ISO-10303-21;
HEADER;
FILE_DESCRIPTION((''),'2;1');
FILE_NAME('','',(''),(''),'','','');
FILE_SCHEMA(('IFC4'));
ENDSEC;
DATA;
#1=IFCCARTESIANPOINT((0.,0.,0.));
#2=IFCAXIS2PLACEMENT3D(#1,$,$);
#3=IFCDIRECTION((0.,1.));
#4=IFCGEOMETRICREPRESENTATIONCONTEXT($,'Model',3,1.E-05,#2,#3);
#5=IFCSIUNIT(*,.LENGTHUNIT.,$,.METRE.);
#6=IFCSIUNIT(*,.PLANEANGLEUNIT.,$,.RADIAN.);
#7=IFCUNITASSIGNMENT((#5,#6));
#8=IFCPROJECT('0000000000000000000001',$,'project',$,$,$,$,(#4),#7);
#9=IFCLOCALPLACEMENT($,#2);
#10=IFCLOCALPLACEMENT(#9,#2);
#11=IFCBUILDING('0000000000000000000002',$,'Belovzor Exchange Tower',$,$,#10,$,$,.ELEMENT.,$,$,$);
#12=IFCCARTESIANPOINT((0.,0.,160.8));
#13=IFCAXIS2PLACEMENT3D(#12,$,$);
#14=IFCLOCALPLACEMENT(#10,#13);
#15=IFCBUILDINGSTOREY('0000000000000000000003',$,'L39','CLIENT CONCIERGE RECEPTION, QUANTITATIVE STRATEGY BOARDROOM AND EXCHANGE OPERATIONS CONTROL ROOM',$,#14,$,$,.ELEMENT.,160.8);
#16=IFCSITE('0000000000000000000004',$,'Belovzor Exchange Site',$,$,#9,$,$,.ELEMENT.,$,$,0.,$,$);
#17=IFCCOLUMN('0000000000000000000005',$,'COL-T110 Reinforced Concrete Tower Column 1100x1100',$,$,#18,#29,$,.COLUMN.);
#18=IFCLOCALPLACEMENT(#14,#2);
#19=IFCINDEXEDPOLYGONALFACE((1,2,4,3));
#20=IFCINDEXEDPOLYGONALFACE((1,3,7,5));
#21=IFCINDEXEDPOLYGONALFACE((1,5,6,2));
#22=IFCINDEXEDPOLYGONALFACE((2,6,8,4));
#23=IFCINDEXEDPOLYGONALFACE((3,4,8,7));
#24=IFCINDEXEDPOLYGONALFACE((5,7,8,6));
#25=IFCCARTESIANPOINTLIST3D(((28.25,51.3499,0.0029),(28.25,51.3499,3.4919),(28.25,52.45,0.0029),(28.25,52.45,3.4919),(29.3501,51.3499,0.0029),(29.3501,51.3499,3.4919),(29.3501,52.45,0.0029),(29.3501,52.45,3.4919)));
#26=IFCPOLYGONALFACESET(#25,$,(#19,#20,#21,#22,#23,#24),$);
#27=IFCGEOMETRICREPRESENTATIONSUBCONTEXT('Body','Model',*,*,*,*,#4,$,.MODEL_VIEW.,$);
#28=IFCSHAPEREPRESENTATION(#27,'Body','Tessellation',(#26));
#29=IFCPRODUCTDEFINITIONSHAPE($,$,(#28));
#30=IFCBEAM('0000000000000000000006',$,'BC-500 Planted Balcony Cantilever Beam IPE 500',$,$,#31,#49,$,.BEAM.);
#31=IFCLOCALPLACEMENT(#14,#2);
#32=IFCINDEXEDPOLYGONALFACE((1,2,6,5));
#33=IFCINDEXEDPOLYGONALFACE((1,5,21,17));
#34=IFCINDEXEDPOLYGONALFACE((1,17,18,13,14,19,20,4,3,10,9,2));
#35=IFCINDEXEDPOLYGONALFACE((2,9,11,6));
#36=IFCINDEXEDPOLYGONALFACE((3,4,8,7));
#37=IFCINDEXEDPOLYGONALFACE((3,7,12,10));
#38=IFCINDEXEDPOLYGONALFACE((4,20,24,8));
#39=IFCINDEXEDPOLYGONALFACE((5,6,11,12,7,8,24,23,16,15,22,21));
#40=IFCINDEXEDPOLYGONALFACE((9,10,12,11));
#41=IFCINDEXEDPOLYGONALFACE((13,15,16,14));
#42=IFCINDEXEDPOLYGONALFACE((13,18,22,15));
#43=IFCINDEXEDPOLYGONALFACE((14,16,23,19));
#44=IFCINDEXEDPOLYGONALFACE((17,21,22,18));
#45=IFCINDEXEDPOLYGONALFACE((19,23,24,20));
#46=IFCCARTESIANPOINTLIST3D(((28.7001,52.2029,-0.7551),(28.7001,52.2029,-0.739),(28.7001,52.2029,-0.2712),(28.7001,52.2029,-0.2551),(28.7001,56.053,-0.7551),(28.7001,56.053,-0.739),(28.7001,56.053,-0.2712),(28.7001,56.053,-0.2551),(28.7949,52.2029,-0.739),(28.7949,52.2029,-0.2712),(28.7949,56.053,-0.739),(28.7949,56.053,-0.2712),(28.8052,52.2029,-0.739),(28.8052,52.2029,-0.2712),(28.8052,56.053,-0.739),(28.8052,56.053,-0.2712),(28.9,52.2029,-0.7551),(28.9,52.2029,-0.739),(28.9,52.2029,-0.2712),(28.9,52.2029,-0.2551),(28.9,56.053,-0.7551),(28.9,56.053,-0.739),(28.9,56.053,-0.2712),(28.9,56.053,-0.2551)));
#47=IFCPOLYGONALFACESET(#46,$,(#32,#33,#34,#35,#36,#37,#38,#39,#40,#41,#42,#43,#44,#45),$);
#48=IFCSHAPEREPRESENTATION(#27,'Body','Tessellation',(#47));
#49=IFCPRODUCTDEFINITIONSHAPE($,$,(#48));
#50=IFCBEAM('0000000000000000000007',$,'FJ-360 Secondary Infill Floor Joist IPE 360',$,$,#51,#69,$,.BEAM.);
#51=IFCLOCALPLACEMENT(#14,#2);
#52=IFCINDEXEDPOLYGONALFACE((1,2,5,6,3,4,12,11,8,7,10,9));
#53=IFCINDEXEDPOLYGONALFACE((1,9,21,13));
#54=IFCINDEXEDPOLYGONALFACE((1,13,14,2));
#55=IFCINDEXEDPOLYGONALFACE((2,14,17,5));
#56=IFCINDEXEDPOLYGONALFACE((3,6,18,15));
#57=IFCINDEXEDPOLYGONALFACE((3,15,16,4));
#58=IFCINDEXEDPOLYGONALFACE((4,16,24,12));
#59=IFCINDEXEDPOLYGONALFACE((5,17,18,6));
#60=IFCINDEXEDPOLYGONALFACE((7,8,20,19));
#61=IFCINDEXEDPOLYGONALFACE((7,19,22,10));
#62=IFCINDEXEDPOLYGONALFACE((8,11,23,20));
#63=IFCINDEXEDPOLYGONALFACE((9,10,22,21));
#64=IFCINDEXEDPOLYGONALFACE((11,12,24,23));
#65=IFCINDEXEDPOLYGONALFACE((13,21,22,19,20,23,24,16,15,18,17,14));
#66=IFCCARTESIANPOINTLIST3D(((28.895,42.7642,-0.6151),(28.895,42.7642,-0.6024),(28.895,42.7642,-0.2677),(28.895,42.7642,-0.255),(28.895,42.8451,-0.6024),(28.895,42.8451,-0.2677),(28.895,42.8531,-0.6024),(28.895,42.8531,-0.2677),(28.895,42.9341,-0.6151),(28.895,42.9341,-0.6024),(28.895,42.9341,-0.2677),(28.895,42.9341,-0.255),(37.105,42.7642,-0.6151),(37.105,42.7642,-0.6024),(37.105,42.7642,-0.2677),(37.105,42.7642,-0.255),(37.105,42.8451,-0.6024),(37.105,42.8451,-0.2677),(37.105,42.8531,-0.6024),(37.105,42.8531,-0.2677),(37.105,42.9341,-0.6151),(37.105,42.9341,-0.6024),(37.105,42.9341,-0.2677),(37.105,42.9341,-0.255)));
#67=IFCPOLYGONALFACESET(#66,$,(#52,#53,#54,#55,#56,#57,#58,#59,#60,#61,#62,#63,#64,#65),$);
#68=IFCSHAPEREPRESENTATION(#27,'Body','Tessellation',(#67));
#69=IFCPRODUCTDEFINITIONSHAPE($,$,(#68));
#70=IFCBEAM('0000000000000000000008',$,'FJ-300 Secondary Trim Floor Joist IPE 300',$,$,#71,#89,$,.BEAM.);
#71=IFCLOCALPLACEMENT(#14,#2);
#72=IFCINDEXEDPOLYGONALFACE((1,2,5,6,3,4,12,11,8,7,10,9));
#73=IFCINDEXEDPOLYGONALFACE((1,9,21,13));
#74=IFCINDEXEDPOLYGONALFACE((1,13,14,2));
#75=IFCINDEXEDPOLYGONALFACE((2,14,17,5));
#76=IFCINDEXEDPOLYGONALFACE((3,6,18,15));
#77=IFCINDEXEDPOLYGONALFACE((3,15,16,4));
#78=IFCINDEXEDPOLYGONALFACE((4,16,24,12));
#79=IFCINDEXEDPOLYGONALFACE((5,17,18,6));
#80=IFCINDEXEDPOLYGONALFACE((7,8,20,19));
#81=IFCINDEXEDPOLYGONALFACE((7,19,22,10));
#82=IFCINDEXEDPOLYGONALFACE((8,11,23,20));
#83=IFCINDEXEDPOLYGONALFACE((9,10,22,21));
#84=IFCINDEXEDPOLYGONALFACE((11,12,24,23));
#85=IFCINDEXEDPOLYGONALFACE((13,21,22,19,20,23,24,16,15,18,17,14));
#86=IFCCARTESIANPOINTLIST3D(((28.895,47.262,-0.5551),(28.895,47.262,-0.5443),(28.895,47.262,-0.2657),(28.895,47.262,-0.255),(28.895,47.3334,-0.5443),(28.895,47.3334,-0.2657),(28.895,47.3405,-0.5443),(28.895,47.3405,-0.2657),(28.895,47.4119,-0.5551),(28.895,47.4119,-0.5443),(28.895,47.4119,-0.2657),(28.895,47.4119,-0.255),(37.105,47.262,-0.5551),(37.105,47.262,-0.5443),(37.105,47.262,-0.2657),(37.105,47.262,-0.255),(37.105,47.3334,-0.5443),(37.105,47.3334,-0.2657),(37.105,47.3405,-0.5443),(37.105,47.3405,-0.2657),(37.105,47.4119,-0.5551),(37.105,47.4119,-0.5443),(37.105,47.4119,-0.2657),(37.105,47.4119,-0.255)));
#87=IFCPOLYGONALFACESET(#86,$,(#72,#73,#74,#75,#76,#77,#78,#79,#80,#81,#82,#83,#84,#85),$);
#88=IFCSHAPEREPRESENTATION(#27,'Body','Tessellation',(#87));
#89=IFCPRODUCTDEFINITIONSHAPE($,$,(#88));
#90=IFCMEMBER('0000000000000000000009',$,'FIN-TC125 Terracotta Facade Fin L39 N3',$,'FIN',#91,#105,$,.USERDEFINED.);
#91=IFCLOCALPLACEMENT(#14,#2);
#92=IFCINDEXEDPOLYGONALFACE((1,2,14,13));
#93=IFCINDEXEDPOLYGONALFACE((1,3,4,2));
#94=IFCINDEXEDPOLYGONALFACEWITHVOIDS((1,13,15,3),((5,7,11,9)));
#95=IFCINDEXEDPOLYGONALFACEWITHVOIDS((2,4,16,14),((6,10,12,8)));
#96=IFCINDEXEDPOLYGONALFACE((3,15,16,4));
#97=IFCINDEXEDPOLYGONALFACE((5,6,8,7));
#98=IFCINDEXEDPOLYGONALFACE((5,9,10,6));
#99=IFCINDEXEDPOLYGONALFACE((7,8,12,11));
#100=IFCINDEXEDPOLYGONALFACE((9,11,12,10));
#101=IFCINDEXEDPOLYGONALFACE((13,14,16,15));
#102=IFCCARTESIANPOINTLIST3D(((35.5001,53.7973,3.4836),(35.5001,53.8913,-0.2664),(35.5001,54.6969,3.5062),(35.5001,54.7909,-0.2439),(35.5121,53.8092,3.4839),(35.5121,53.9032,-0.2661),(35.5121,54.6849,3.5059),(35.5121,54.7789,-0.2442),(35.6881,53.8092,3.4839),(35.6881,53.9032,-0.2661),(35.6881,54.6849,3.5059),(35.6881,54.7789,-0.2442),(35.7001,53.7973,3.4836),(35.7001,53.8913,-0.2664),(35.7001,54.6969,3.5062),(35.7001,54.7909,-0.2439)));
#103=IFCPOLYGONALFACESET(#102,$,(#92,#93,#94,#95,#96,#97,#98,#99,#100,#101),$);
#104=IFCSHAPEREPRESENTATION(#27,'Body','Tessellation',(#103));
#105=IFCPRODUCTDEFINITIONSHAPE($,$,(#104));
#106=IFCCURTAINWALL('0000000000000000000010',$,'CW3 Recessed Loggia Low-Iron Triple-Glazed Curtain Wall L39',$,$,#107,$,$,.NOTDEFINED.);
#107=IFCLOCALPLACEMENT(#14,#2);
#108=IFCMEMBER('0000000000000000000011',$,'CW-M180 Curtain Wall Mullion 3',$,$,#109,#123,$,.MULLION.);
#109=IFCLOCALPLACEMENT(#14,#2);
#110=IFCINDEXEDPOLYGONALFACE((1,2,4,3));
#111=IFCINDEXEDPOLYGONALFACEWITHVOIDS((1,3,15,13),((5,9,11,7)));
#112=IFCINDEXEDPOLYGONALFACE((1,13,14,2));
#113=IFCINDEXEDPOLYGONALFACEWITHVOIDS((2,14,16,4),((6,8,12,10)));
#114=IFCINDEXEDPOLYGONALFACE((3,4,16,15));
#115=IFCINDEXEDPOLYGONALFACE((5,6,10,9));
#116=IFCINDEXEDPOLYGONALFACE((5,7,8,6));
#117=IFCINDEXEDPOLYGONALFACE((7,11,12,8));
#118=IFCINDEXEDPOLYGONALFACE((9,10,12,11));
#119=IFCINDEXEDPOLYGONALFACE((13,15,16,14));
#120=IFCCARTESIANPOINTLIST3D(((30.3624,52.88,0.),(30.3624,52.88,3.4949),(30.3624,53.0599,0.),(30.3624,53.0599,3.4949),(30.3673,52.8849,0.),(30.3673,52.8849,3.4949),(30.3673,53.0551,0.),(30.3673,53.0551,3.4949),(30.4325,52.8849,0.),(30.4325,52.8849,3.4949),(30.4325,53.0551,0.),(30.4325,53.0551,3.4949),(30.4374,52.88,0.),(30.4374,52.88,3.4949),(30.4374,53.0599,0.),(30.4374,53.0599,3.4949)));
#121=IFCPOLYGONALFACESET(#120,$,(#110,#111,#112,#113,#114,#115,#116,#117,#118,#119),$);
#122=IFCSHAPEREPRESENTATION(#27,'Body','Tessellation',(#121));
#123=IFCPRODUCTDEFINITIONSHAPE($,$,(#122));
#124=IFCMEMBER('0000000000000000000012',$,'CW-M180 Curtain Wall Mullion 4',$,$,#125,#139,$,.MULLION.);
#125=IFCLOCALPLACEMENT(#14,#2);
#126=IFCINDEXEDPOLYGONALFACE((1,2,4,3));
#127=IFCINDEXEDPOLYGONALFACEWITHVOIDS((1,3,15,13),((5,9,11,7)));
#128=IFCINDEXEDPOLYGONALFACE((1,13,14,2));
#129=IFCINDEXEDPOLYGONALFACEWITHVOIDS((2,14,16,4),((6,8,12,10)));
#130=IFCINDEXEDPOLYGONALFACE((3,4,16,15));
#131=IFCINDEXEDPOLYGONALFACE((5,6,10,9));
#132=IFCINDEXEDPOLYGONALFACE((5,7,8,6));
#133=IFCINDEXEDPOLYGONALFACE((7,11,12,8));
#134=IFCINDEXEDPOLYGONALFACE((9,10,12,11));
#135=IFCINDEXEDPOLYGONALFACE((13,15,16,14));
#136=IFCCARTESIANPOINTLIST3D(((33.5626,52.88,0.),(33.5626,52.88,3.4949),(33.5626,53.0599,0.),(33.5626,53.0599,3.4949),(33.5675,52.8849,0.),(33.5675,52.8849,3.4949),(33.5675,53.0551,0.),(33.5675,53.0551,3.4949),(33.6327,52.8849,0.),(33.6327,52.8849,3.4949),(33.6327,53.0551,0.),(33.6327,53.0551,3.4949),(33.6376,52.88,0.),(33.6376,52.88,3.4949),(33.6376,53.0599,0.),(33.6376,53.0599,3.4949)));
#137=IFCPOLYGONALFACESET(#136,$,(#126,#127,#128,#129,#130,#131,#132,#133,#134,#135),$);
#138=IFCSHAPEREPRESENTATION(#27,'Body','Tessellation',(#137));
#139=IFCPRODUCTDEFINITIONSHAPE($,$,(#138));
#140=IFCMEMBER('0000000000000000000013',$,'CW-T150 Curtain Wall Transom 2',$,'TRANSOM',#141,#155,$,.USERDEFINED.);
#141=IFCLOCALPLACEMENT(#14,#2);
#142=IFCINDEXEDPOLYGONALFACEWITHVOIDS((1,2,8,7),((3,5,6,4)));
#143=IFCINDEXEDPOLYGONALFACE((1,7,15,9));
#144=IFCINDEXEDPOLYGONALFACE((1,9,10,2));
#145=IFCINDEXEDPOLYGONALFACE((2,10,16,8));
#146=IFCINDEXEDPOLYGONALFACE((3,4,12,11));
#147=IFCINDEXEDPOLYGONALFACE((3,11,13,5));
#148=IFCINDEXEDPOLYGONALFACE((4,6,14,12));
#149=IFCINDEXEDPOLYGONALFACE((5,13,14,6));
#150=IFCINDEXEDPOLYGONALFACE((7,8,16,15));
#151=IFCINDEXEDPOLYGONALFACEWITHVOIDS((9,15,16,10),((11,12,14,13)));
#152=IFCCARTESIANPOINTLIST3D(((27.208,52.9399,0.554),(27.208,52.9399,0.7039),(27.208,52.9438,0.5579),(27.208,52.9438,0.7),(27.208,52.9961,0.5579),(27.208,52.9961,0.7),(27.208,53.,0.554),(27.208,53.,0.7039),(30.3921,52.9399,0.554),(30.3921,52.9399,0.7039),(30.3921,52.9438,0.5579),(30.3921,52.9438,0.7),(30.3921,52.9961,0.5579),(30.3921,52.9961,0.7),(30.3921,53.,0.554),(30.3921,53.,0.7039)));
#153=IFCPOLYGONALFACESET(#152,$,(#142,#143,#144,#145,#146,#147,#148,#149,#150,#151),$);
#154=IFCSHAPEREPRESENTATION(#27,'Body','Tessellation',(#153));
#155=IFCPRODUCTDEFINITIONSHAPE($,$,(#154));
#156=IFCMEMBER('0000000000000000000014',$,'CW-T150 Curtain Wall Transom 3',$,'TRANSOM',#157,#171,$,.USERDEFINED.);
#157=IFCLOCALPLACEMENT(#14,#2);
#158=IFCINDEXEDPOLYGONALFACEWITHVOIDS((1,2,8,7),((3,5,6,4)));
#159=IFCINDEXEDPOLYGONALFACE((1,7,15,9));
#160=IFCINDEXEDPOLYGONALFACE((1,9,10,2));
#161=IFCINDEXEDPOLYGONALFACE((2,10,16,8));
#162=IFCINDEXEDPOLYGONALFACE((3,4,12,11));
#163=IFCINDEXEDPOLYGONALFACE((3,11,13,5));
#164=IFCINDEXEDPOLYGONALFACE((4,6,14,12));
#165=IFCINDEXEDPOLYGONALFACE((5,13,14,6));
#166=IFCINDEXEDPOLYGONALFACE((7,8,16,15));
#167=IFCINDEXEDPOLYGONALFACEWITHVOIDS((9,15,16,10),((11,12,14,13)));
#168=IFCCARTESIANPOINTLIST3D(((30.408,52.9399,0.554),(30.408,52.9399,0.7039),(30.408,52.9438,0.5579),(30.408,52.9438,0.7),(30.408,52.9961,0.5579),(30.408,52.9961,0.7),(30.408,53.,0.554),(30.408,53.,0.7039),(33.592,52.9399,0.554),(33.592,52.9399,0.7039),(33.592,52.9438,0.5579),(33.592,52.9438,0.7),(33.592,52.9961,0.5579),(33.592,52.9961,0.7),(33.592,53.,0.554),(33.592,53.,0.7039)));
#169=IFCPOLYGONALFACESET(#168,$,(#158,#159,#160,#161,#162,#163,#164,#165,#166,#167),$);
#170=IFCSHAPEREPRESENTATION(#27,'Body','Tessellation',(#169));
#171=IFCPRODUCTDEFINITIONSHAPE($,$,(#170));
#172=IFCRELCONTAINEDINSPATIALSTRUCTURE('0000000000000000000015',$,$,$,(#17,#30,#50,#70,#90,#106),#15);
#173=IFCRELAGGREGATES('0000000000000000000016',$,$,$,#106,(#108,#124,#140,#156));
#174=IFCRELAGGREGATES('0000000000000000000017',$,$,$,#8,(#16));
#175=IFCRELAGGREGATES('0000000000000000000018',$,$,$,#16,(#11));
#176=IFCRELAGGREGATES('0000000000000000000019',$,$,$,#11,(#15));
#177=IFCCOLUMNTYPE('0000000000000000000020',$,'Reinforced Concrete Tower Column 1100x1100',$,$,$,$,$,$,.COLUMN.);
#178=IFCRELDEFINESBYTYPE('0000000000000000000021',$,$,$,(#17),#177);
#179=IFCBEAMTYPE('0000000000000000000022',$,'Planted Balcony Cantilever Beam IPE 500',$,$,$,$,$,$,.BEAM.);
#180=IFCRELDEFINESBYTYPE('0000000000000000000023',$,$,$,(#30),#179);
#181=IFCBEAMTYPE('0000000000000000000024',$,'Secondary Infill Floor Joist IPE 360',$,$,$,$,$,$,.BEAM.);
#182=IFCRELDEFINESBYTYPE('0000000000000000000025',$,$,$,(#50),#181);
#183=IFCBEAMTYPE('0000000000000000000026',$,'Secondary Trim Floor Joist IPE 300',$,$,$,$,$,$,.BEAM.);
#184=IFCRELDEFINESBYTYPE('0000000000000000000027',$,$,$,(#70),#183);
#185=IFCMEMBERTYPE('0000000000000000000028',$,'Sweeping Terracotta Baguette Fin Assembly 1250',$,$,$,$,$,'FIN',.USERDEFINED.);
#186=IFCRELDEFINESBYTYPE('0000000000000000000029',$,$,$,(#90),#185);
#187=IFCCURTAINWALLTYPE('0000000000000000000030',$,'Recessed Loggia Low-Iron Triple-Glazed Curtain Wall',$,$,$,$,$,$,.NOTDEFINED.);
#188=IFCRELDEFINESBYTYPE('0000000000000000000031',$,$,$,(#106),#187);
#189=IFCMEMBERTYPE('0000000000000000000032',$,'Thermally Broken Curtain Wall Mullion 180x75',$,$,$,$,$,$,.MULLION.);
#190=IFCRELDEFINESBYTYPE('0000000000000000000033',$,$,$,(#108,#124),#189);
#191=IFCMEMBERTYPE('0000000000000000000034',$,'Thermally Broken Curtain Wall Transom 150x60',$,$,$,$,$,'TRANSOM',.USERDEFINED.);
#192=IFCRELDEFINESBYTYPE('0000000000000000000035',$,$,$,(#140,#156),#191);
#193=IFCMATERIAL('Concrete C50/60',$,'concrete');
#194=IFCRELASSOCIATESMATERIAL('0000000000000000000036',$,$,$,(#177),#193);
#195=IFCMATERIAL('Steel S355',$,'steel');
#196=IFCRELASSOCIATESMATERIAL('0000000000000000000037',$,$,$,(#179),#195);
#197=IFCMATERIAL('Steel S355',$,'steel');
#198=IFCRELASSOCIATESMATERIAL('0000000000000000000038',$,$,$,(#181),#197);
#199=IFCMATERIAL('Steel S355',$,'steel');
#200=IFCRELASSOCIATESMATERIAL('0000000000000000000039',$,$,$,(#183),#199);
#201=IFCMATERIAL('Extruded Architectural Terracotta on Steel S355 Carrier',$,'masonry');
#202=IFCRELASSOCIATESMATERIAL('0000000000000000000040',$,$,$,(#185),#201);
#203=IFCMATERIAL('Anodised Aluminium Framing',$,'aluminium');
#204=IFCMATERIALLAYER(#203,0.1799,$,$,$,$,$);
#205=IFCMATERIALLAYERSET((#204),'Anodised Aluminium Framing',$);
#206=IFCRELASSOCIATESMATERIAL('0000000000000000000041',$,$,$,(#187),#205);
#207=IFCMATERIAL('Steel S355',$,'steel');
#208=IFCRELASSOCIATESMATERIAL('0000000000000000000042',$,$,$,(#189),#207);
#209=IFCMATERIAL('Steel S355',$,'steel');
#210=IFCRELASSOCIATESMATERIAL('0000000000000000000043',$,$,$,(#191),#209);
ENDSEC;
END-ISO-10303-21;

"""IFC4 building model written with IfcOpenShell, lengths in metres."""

from ifc_helpers import new_model, si_unit, direction, frame, origin, origin_2d, place, context, subcontext, project, spatial, rectangle, hollow_rectangle, i_section, extrude, material, layer, layer_set, material_profile, profile_set, type_object, element, aggregate, save


model = new_model("IFC4")

# Units and contexts
model_context = context("Model", 3, precision=1e-05, world=origin(), true_north=direction((0.0, 1.0)))
body_context = subcontext(model_context, "Body", "Model", "MODEL_VIEW")
ifc_project = project(units=[si_unit("LENGTHUNIT", "METRE"), si_unit("PLANEANGLEUNIT", "RADIAN")], contexts=[model_context])

# Site, building, storey
site_placement = place(None, origin())
site = spatial("IfcSite", under=ifc_project, at=site_placement, Name="Belovzor Exchange Site", CompositionType="ELEMENT", RefElevation=0.0)
building_placement = place(site_placement, origin())
building = spatial("IfcBuilding", under=site, at=building_placement, Name="Belovzor Exchange Tower", CompositionType="ELEMENT")
storey_placement = place(building_placement, frame((0.0, 0.0, 160.8)))
storey = spatial("IfcBuildingStorey", under=building, at=storey_placement, Name="L39", Description="CLIENT CONCIERGE RECEPTION, QUANTITATIVE STRATEGY BOARDROOM AND EXCHANGE OPERATIONS CONTROL ROOM", CompositionType="ELEMENT", Elevation=160.8)

# Column
ifc_material_1 = material(Name="Concrete C50/60", Category="concrete")
ifc_material_profile_1 = material_profile(ifc_material_1, rectangle(XDim=1.1001, YDim=1.1001, at=origin_2d()))
ifc_profile_set_1 = profile_set([ifc_material_profile_1], Name="Concrete C50/60")
column_type = type_object("IfcColumnType", Name="Reinforced Concrete Tower Column 1100x1100", PredefinedType="COLUMN", material=ifc_profile_set_1)
column_placement = place(storey_placement, frame((28.8, 51.8999, 0.0029), z_axis=(0.0, 0.0, 1.0), x_axis=(1.0, 0.0, 0.0)))
element("IfcColumn", 1, at=column_placement, inside=storey, type_object=column_type, Name="COL-T110 Reinforced Concrete Tower Column 1100x1100", PredefinedType="COLUMN", context=body_context, shape_type="SweptSolid", body=[
    extrude(rectangle(XDim=1.1001, YDim=1.1001, at=origin_2d()), origin(), (0.0, 0.0, 1.0), 3.489),
])

# Beams
ifc_material_2 = material(Name="Steel S355", Category="steel")
ifc_material_profile_2 = material_profile(ifc_material_2, i_section(OverallWidth=0.2, OverallDepth=0.5, WebThickness=0.0103, FlangeThickness=0.0161, at=origin_2d()))
ifc_profile_set_2 = profile_set([ifc_material_profile_2], Name="Steel S355")
beam_type_1 = type_object("IfcBeamType", Name="Planted Balcony Cantilever Beam IPE 500", PredefinedType="BEAM", material=ifc_profile_set_2)
beam_1_placement = place(storey_placement, frame((28.8, 52.2029, -0.5051), z_axis=(0.0, 1.0, 0.0), x_axis=(-1.0, 0.0, 0.0)))
element("IfcBeam", 2, at=beam_1_placement, inside=storey, type_object=beam_type_1, Name="BC-500 Planted Balcony Cantilever Beam IPE 500", PredefinedType="BEAM", context=body_context, shape_type="SweptSolid", body=[
    extrude(i_section(OverallWidth=0.2, OverallDepth=0.5, WebThickness=0.0103, FlangeThickness=0.0161, at=origin_2d()), origin(), (0.0, 0.0, 1.0), 3.8501),
])
ifc_material_3 = material(Name="Steel S355", Category="steel")
ifc_material_profile_3 = material_profile(ifc_material_3, i_section(OverallWidth=0.1699, OverallDepth=0.3601, WebThickness=0.0081, FlangeThickness=0.0127, at=origin_2d()))
ifc_profile_set_3 = profile_set([ifc_material_profile_3], Name="Steel S355")
beam_type_2 = type_object("IfcBeamType", Name="Secondary Infill Floor Joist IPE 360", PredefinedType="BEAM", material=ifc_profile_set_3)
beam_2_placement = place(storey_placement, frame((28.895, 42.8491, -0.4351), z_axis=(1.0, 0.0, 0.0), x_axis=(0.0, 1.0, 0.0)))
element("IfcBeam", 3, at=beam_2_placement, inside=storey, type_object=beam_type_2, Name="FJ-360 Secondary Infill Floor Joist IPE 360", PredefinedType="BEAM", context=body_context, shape_type="SweptSolid", body=[
    extrude(i_section(OverallWidth=0.1699, OverallDepth=0.3601, WebThickness=0.0081, FlangeThickness=0.0127, at=origin_2d()), origin(), (0.0, 0.0, 1.0), 8.21),
])
ifc_material_4 = material(Name="Steel S355", Category="steel")
ifc_material_profile_4 = material_profile(ifc_material_4, i_section(OverallWidth=0.1499, OverallDepth=0.3, WebThickness=0.0071, FlangeThickness=0.0107, at=origin_2d()))
ifc_profile_set_4 = profile_set([ifc_material_profile_4], Name="Steel S355")
beam_type_3 = type_object("IfcBeamType", Name="Secondary Trim Floor Joist IPE 300", PredefinedType="BEAM", material=ifc_profile_set_4)
beam_3_placement = place(storey_placement, frame((28.895, 47.3369, -0.405), z_axis=(1.0, 0.0, 0.0), x_axis=(0.0, 1.0, 0.0)))
element("IfcBeam", 4, at=beam_3_placement, inside=storey, type_object=beam_type_3, Name="FJ-300 Secondary Trim Floor Joist IPE 300", PredefinedType="BEAM", context=body_context, shape_type="SweptSolid", body=[
    extrude(i_section(OverallWidth=0.1499, OverallDepth=0.3, WebThickness=0.0071, FlangeThickness=0.0107, at=origin_2d()), origin(), (0.0, 0.0, 1.0), 8.21),
])

# Member
ifc_material_5 = material(Name="Extruded Architectural Terracotta on Steel S355 Carrier", Category="masonry")
ifc_material_profile_5 = material_profile(ifc_material_5, hollow_rectangle(XDim=0.2, YDim=0.8999, WallThickness=0.012, at=origin_2d()))
ifc_profile_set_5 = profile_set([ifc_material_profile_5], Name="Extruded Architectural Terracotta on Steel S355 Carrier")
member_type_1 = type_object("IfcMemberType", Name="Sweeping Terracotta Baguette Fin Assembly 1250", ElementType="FIN", PredefinedType="USERDEFINED", material=ifc_profile_set_5)
member_1_placement = place(storey_placement, frame((35.6001, 54.3411, -0.2551), z_axis=(0.0, -0.025057, 0.999686), x_axis=(1.0, 0.0, 0.0)))
element("IfcMember", 5, at=member_1_placement, inside=storey, type_object=member_type_1, Name="FIN-TC125 Terracotta Facade Fin L39 N3", ObjectType="FIN", PredefinedType="USERDEFINED", context=body_context, shape_type="SweptSolid", body=[
    extrude(hollow_rectangle(XDim=0.2, YDim=0.8999, WallThickness=0.012, at=origin_2d()), origin(), (0.0, 0.0, 1.0), 3.7512),
])

# Curtain wall, members
ifc_material_6 = material(Name="Anodised Aluminium Framing", Category="aluminium")
ifc_layer_1 = layer(ifc_material_6, 0.1799)
ifc_layer_set_1 = layer_set([ifc_layer_1], Name="Anodised Aluminium Framing")
curtain_wall_type = type_object("IfcCurtainWallType", Name="Recessed Loggia Low-Iron Triple-Glazed Curtain Wall", PredefinedType="NOTDEFINED", material=ifc_layer_set_1)
curtain_wall_placement = place(storey_placement, origin())
curtain_wall = element("IfcCurtainWall", 6, at=curtain_wall_placement, inside=storey, type_object=curtain_wall_type, Name="CW3 Recessed Loggia Low-Iron Triple-Glazed Curtain Wall L39", PredefinedType="NOTDEFINED")
ifc_material_7 = material(Name="Steel S355", Category="steel")
ifc_material_profile_6 = material_profile(ifc_material_7, hollow_rectangle(XDim=0.075, YDim=0.1799, WallThickness=0.0049, at=origin_2d()))
ifc_profile_set_6 = profile_set([ifc_material_profile_6], Name="Steel S355")
member_type_2 = type_object("IfcMemberType", Name="Thermally Broken Curtain Wall Mullion 180x75", PredefinedType="MULLION", material=ifc_profile_set_6)
member_2_placement = place(storey_placement, frame((30.3999, 52.97, 0.0), z_axis=(0.0, 0.0, 1.0), x_axis=(1.0, 0.0, 0.0)))
member_2 = element("IfcMember", 7, at=member_2_placement, type_object=member_type_2, Name="CW-M180 Curtain Wall Mullion 3", PredefinedType="MULLION", context=body_context, shape_type="SweptSolid", body=[
    extrude(hollow_rectangle(XDim=0.075, YDim=0.1799, WallThickness=0.0049, at=origin_2d()), origin(), (0.0, 0.0, 1.0), 3.4949),
])
member_3_placement = place(storey_placement, frame((33.6001, 52.97, 0.0), z_axis=(0.0, 0.0, 1.0), x_axis=(1.0, 0.0, 0.0)))
member_3 = element("IfcMember", 8, at=member_3_placement, type_object=member_type_2, Name="CW-M180 Curtain Wall Mullion 4", PredefinedType="MULLION", context=body_context, shape_type="SweptSolid", body=[
    extrude(hollow_rectangle(XDim=0.075, YDim=0.1799, WallThickness=0.0049, at=origin_2d()), origin(), (0.0, 0.0, 1.0), 3.4949),
])
ifc_material_8 = material(Name="Steel S355", Category="steel")
ifc_material_profile_7 = material_profile(ifc_material_8, hollow_rectangle(XDim=0.0601, YDim=0.1499, WallThickness=0.0039, at=origin_2d()))
ifc_profile_set_7 = profile_set([ifc_material_profile_7], Name="Steel S355")
member_type_3 = type_object("IfcMemberType", Name="Thermally Broken Curtain Wall Transom 150x60", ElementType="TRANSOM", PredefinedType="USERDEFINED", material=ifc_profile_set_7)
member_4_placement = place(storey_placement, frame((27.208, 52.97, 0.6289), z_axis=(1.0, 0.0, 0.0), x_axis=(0.0, 1.0, 0.0)))
member_4 = element("IfcMember", 9, at=member_4_placement, type_object=member_type_3, Name="CW-T150 Curtain Wall Transom 2", ObjectType="TRANSOM", PredefinedType="USERDEFINED", context=body_context, shape_type="SweptSolid", body=[
    extrude(hollow_rectangle(XDim=0.0601, YDim=0.1499, WallThickness=0.0039, at=origin_2d()), origin(), (0.0, 0.0, 1.0), 3.1841),
])
member_5_placement = place(storey_placement, frame((30.408, 52.97, 0.6289), z_axis=(1.0, 0.0, 0.0), x_axis=(0.0, 1.0, 0.0)))
member_5 = element("IfcMember", 10, at=member_5_placement, type_object=member_type_3, Name="CW-T150 Curtain Wall Transom 3", ObjectType="TRANSOM", PredefinedType="USERDEFINED", context=body_context, shape_type="SweptSolid", body=[
    extrude(hollow_rectangle(XDim=0.0601, YDim=0.1499, WallThickness=0.0039, at=origin_2d()), origin(), (0.0, 0.0, 1.0), 3.1841),
])

aggregate(curtain_wall, [member_2, member_3, member_4, member_5])

save(model, "model.ifc")
